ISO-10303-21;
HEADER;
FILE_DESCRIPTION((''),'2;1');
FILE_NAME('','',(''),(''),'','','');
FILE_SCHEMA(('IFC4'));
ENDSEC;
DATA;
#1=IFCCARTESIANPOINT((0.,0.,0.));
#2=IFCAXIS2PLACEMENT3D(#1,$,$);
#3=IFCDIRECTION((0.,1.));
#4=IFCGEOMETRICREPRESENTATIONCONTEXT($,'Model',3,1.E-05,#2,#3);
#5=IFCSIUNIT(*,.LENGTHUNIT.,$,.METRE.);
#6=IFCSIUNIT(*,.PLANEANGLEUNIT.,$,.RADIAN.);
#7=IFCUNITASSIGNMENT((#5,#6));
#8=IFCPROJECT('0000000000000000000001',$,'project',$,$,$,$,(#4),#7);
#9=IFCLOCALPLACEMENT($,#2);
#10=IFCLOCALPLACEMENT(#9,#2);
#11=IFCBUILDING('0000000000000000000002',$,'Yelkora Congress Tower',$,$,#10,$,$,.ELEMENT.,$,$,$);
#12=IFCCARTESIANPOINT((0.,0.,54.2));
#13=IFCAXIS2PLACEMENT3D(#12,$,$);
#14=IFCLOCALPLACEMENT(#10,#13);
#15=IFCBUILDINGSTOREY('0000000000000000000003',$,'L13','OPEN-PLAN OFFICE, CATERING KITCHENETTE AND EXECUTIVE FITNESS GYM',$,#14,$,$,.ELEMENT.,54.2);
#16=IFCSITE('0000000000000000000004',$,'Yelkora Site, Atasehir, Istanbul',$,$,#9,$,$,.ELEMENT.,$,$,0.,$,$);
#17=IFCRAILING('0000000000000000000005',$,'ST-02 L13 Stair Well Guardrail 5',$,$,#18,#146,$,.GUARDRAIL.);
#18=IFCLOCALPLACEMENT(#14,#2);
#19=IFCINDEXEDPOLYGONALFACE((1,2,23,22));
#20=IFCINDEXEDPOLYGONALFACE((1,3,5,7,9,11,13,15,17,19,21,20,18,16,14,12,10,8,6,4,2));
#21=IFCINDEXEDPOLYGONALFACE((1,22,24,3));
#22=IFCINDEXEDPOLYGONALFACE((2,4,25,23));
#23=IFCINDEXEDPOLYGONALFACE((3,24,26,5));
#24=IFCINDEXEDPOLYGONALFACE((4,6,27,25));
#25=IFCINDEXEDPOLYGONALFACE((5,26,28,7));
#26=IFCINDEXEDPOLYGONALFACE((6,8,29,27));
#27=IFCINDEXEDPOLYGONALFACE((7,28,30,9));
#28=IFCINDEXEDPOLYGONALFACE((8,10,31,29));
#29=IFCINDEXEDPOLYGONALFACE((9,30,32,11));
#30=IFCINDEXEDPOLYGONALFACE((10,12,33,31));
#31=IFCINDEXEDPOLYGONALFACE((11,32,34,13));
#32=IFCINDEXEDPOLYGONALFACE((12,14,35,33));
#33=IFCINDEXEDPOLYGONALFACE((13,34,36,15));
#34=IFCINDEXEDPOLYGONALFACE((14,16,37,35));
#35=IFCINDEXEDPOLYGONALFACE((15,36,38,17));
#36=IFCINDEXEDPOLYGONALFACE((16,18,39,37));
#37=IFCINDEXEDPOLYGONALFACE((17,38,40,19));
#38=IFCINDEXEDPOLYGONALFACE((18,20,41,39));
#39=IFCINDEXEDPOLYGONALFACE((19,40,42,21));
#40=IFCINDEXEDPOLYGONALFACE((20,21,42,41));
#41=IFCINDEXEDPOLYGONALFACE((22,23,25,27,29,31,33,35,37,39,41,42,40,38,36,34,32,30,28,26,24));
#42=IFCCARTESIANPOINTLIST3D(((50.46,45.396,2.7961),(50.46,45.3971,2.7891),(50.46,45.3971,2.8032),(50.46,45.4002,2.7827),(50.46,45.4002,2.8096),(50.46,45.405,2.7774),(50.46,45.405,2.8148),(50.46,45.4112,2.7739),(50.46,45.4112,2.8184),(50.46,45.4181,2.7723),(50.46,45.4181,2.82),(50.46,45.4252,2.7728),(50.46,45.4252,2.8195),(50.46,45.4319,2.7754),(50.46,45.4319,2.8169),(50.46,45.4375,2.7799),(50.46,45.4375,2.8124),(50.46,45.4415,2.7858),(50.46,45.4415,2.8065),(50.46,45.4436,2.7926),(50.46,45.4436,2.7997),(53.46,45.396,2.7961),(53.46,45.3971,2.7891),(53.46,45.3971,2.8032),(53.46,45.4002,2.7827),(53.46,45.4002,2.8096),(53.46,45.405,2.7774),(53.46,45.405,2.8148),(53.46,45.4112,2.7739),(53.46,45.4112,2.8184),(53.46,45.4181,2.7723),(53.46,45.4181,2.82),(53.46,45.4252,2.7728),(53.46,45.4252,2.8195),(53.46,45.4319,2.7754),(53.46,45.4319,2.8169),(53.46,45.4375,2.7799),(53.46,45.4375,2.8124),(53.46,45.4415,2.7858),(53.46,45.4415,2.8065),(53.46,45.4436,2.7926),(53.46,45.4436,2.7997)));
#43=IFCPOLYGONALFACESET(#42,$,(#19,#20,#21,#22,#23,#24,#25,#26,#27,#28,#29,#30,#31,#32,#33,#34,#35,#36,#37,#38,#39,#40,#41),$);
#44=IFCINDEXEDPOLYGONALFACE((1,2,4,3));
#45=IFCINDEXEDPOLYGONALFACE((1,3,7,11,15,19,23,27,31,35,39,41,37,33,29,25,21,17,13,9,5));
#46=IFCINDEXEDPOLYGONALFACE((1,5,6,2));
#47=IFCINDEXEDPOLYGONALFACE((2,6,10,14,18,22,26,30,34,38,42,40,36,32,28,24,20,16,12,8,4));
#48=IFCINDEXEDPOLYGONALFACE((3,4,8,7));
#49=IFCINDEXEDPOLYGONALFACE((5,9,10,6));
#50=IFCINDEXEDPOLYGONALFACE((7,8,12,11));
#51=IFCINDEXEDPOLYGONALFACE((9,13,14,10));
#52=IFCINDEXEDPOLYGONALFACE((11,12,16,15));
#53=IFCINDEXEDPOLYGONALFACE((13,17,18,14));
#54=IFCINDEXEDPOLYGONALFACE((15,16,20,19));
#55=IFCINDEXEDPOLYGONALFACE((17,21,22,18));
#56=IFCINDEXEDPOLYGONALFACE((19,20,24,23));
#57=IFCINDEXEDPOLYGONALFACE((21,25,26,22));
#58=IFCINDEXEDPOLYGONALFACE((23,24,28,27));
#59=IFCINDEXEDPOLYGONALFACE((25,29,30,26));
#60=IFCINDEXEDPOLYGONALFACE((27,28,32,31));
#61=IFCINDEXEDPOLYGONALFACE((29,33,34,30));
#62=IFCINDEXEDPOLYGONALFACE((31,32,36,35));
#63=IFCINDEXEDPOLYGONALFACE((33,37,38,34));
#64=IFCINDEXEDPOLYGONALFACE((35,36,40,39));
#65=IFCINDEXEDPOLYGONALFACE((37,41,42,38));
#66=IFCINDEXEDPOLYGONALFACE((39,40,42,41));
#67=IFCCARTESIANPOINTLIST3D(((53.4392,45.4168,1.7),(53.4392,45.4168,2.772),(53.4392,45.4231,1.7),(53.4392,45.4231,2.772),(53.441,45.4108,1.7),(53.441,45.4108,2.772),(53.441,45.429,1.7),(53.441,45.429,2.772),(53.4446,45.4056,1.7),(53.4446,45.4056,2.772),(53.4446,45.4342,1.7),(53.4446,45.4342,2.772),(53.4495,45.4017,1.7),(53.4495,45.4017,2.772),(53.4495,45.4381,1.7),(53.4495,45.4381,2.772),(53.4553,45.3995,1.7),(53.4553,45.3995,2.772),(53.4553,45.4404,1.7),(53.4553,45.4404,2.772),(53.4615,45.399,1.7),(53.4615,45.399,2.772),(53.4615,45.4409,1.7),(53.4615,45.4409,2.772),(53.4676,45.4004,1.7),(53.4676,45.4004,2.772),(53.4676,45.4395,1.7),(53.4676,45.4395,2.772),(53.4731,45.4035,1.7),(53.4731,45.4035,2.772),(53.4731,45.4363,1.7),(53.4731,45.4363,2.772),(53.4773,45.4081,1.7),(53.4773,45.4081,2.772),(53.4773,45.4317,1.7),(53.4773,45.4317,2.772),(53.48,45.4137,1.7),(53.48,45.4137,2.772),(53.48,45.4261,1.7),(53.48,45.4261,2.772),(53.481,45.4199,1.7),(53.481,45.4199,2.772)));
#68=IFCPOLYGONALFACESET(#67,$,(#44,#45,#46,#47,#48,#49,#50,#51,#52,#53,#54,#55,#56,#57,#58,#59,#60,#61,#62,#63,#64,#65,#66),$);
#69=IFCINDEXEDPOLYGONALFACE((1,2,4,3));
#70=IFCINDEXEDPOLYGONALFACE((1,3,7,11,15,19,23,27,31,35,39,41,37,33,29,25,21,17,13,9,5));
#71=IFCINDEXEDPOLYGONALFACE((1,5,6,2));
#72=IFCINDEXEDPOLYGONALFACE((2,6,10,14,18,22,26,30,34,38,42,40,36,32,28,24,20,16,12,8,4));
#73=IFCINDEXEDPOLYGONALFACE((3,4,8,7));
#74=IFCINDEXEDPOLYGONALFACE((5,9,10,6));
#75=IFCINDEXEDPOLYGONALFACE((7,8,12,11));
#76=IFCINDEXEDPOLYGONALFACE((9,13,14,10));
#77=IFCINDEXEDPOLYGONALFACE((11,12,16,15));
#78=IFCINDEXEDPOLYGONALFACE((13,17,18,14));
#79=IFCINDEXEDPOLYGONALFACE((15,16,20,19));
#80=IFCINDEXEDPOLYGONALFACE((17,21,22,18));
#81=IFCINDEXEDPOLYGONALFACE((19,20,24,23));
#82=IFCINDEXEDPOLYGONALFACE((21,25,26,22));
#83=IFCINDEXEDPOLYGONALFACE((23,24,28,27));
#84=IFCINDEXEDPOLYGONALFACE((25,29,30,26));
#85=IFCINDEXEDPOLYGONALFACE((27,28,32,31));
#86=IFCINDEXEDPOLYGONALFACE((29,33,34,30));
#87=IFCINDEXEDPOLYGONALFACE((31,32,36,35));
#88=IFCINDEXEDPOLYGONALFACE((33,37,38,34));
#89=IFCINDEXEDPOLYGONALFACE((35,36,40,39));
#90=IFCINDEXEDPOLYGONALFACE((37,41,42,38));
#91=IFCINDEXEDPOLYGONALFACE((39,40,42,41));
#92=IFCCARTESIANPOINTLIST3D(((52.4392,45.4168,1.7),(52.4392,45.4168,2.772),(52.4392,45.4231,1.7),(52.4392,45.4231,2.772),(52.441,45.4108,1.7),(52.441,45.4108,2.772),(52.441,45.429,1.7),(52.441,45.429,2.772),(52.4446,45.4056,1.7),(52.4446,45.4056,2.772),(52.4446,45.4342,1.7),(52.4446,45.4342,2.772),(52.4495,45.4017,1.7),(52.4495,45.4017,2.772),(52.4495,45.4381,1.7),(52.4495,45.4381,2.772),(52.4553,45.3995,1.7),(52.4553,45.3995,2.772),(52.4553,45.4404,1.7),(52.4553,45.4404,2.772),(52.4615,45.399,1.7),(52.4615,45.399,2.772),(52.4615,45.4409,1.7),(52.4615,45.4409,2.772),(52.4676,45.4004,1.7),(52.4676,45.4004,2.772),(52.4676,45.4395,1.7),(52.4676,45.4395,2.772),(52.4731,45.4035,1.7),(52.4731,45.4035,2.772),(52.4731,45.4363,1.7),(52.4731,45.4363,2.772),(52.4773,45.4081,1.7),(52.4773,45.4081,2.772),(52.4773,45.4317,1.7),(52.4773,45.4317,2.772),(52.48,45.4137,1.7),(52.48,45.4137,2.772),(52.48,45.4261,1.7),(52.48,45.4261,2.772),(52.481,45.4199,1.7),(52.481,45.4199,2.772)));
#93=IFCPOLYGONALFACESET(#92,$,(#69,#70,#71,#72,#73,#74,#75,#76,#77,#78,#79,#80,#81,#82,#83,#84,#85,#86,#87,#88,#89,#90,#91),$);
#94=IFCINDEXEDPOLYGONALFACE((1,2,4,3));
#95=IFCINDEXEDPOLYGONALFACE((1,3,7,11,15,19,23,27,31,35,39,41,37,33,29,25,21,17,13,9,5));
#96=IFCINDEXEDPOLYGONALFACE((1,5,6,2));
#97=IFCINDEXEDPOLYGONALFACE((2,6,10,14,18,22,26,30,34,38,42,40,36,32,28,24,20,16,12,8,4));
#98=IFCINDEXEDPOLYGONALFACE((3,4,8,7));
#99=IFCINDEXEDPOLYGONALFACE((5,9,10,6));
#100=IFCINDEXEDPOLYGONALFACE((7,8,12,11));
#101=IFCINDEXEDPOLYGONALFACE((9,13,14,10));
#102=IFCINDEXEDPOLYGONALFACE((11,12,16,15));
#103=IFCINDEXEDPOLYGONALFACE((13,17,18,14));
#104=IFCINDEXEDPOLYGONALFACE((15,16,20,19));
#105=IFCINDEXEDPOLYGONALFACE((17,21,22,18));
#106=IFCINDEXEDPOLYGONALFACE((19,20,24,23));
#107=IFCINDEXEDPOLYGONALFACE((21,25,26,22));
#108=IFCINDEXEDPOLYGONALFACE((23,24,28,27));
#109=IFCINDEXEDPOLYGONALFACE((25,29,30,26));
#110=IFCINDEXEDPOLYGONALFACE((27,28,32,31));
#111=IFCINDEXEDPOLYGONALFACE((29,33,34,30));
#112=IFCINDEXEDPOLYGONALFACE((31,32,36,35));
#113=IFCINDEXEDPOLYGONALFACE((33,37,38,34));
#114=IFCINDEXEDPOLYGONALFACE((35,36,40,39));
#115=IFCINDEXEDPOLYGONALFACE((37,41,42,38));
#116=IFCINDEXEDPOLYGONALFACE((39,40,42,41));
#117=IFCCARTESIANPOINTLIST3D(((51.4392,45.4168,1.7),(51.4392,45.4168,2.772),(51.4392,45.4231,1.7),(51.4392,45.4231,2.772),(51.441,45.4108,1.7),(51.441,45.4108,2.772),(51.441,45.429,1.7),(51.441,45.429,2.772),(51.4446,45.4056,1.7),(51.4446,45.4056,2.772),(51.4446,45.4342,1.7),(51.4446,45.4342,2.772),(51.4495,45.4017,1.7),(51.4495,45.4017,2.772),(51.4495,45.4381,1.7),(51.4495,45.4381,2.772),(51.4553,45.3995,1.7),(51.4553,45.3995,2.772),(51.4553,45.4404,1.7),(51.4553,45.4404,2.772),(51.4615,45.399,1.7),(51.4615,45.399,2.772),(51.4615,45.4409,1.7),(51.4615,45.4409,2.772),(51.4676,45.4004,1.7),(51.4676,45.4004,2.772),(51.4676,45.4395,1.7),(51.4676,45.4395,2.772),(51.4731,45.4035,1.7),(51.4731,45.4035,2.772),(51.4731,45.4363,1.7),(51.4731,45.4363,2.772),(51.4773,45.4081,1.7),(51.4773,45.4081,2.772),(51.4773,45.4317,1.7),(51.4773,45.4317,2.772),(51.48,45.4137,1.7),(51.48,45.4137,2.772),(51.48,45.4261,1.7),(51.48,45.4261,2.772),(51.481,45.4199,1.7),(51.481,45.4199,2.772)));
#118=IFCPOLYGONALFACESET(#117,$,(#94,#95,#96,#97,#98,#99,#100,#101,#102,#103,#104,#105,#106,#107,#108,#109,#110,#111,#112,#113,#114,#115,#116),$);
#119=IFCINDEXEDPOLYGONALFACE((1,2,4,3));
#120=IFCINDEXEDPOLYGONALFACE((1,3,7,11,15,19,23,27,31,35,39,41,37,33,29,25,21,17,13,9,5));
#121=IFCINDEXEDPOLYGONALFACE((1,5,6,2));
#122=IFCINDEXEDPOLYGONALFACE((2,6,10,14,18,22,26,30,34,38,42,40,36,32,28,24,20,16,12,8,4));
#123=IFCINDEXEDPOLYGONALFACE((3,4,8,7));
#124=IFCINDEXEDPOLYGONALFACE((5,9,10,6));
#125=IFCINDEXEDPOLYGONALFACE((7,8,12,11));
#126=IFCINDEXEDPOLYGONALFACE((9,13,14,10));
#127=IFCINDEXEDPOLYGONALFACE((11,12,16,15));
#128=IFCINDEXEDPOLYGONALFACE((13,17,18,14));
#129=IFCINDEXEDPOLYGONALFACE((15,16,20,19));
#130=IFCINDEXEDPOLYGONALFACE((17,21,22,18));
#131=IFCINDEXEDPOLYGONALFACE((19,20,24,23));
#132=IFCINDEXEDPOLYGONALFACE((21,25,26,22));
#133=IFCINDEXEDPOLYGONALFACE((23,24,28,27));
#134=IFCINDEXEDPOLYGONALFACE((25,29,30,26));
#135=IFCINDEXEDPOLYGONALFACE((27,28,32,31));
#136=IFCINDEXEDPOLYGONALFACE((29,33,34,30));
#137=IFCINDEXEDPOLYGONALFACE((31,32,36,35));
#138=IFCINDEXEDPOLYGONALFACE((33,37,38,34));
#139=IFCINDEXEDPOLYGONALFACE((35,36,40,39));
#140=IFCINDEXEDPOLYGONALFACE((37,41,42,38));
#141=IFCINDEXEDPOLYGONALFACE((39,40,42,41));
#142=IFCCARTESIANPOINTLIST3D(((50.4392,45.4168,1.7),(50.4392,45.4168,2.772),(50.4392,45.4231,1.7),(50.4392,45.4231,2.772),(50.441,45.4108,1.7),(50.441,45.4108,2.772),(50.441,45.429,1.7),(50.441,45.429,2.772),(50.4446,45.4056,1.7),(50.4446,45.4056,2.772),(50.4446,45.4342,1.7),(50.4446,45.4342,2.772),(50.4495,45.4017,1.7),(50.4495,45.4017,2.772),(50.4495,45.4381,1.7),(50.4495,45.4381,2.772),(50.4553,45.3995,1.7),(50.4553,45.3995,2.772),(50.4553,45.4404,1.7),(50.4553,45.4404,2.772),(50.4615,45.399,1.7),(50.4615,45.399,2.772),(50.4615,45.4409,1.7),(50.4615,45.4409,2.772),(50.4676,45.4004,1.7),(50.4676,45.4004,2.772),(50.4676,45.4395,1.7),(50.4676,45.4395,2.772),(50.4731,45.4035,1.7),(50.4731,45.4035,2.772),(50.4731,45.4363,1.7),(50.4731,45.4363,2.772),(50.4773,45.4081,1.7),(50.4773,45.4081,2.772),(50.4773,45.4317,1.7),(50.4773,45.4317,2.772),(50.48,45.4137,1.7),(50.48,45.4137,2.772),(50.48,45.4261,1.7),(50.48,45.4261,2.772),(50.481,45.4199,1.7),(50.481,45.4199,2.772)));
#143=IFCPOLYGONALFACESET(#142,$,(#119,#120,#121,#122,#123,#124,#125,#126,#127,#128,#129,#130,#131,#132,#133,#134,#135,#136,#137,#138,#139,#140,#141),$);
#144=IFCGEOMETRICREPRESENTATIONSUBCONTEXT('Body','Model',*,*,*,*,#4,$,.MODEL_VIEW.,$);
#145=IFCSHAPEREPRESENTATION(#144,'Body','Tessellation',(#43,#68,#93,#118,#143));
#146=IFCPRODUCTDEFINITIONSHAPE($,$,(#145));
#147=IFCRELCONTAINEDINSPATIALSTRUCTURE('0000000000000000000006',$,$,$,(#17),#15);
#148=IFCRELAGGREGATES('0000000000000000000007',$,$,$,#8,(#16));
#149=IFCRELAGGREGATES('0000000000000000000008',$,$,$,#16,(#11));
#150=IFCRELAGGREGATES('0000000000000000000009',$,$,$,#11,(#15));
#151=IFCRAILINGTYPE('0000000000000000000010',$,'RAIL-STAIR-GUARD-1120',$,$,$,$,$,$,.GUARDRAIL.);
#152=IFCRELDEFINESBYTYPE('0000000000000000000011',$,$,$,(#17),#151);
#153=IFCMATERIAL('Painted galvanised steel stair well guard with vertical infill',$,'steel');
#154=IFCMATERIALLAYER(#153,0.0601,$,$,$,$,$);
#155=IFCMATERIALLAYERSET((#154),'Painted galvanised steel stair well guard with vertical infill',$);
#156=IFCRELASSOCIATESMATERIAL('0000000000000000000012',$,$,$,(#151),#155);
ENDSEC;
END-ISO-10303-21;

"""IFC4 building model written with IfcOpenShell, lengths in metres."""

from ifc_helpers import new_model, si_unit, direction, frame, origin, origin_2d, place, context, subcontext, project, spatial, circle, extrude, material, layer, layer_set, type_object, element, save


model = new_model("IFC4")

# Units and contexts
model_context = context("Model", 3, precision=1e-05, world=origin(), true_north=direction((0.0, 1.0)))
body_context = subcontext(model_context, "Body", "Model", "MODEL_VIEW")
ifc_project = project(units=[si_unit("LENGTHUNIT", "METRE"), si_unit("PLANEANGLEUNIT", "RADIAN")], contexts=[model_context])

# Site, building, storey
site_placement = place(None, origin())
site = spatial("IfcSite", under=ifc_project, at=site_placement, Name="Yelkora Site, Atasehir, Istanbul", CompositionType="ELEMENT", RefElevation=0.0)
building_placement = place(site_placement, origin())
building = spatial("IfcBuilding", under=site, at=building_placement, Name="Yelkora Congress Tower", CompositionType="ELEMENT")
storey_placement = place(building_placement, frame((0.0, 0.0, 54.2)))
storey = spatial("IfcBuildingStorey", under=building, at=storey_placement, Name="L13", Description="OPEN-PLAN OFFICE, CATERING KITCHENETTE AND EXECUTIVE FITNESS GYM", CompositionType="ELEMENT", Elevation=54.2)

# Railing
ifc_material_1 = material(Name="Painted galvanised steel stair well guard with vertical infill", Category="steel")
ifc_layer_1 = layer(ifc_material_1, 0.0601)
ifc_layer_set_1 = layer_set([ifc_layer_1], Name="Painted galvanised steel stair well guard with vertical infill")
railing_type_1 = type_object("IfcRailingType", Name="RAIL-STAIR-GUARD-1120", PredefinedType="GUARDRAIL", material=ifc_layer_set_1)
railing_1_placement = place(storey_placement, frame((53.46, 45.4199, 1.7)))
element("IfcRailing", 1, at=railing_1_placement, inside=storey, type_object=railing_type_1, Name="ST-02 L13 Stair Well Guardrail 5", PredefinedType="GUARDRAIL", context=body_context, shape_type="SweptSolid", body=[
    extrude(circle(Radius=0.0239, at=origin_2d()), frame((0.0, 0.0, 1.0962), z_axis=(-1.0, 0.0, 0.0), x_axis=(0.0, -1.0, 0.0)), (0.0, 0.0, 1.0), 3.0),
    extrude(circle(Radius=0.021, at=origin_2d()), origin(), (0.0, 0.0, 1.0), 1.072),
    extrude(circle(Radius=0.021, at=origin_2d()), frame((-1.0, 0.0, 0.0)), (0.0, 0.0, 1.0), 1.072),
    extrude(circle(Radius=0.021, at=origin_2d()), frame((-2.0, 0.0, 0.0)), (0.0, 0.0, 1.0), 1.072),
    extrude(circle(Radius=0.021, at=origin_2d()), frame((-3.0, 0.0, 0.0)), (0.0, 0.0, 1.0), 1.072),
])

save(model, "model.ifc")
